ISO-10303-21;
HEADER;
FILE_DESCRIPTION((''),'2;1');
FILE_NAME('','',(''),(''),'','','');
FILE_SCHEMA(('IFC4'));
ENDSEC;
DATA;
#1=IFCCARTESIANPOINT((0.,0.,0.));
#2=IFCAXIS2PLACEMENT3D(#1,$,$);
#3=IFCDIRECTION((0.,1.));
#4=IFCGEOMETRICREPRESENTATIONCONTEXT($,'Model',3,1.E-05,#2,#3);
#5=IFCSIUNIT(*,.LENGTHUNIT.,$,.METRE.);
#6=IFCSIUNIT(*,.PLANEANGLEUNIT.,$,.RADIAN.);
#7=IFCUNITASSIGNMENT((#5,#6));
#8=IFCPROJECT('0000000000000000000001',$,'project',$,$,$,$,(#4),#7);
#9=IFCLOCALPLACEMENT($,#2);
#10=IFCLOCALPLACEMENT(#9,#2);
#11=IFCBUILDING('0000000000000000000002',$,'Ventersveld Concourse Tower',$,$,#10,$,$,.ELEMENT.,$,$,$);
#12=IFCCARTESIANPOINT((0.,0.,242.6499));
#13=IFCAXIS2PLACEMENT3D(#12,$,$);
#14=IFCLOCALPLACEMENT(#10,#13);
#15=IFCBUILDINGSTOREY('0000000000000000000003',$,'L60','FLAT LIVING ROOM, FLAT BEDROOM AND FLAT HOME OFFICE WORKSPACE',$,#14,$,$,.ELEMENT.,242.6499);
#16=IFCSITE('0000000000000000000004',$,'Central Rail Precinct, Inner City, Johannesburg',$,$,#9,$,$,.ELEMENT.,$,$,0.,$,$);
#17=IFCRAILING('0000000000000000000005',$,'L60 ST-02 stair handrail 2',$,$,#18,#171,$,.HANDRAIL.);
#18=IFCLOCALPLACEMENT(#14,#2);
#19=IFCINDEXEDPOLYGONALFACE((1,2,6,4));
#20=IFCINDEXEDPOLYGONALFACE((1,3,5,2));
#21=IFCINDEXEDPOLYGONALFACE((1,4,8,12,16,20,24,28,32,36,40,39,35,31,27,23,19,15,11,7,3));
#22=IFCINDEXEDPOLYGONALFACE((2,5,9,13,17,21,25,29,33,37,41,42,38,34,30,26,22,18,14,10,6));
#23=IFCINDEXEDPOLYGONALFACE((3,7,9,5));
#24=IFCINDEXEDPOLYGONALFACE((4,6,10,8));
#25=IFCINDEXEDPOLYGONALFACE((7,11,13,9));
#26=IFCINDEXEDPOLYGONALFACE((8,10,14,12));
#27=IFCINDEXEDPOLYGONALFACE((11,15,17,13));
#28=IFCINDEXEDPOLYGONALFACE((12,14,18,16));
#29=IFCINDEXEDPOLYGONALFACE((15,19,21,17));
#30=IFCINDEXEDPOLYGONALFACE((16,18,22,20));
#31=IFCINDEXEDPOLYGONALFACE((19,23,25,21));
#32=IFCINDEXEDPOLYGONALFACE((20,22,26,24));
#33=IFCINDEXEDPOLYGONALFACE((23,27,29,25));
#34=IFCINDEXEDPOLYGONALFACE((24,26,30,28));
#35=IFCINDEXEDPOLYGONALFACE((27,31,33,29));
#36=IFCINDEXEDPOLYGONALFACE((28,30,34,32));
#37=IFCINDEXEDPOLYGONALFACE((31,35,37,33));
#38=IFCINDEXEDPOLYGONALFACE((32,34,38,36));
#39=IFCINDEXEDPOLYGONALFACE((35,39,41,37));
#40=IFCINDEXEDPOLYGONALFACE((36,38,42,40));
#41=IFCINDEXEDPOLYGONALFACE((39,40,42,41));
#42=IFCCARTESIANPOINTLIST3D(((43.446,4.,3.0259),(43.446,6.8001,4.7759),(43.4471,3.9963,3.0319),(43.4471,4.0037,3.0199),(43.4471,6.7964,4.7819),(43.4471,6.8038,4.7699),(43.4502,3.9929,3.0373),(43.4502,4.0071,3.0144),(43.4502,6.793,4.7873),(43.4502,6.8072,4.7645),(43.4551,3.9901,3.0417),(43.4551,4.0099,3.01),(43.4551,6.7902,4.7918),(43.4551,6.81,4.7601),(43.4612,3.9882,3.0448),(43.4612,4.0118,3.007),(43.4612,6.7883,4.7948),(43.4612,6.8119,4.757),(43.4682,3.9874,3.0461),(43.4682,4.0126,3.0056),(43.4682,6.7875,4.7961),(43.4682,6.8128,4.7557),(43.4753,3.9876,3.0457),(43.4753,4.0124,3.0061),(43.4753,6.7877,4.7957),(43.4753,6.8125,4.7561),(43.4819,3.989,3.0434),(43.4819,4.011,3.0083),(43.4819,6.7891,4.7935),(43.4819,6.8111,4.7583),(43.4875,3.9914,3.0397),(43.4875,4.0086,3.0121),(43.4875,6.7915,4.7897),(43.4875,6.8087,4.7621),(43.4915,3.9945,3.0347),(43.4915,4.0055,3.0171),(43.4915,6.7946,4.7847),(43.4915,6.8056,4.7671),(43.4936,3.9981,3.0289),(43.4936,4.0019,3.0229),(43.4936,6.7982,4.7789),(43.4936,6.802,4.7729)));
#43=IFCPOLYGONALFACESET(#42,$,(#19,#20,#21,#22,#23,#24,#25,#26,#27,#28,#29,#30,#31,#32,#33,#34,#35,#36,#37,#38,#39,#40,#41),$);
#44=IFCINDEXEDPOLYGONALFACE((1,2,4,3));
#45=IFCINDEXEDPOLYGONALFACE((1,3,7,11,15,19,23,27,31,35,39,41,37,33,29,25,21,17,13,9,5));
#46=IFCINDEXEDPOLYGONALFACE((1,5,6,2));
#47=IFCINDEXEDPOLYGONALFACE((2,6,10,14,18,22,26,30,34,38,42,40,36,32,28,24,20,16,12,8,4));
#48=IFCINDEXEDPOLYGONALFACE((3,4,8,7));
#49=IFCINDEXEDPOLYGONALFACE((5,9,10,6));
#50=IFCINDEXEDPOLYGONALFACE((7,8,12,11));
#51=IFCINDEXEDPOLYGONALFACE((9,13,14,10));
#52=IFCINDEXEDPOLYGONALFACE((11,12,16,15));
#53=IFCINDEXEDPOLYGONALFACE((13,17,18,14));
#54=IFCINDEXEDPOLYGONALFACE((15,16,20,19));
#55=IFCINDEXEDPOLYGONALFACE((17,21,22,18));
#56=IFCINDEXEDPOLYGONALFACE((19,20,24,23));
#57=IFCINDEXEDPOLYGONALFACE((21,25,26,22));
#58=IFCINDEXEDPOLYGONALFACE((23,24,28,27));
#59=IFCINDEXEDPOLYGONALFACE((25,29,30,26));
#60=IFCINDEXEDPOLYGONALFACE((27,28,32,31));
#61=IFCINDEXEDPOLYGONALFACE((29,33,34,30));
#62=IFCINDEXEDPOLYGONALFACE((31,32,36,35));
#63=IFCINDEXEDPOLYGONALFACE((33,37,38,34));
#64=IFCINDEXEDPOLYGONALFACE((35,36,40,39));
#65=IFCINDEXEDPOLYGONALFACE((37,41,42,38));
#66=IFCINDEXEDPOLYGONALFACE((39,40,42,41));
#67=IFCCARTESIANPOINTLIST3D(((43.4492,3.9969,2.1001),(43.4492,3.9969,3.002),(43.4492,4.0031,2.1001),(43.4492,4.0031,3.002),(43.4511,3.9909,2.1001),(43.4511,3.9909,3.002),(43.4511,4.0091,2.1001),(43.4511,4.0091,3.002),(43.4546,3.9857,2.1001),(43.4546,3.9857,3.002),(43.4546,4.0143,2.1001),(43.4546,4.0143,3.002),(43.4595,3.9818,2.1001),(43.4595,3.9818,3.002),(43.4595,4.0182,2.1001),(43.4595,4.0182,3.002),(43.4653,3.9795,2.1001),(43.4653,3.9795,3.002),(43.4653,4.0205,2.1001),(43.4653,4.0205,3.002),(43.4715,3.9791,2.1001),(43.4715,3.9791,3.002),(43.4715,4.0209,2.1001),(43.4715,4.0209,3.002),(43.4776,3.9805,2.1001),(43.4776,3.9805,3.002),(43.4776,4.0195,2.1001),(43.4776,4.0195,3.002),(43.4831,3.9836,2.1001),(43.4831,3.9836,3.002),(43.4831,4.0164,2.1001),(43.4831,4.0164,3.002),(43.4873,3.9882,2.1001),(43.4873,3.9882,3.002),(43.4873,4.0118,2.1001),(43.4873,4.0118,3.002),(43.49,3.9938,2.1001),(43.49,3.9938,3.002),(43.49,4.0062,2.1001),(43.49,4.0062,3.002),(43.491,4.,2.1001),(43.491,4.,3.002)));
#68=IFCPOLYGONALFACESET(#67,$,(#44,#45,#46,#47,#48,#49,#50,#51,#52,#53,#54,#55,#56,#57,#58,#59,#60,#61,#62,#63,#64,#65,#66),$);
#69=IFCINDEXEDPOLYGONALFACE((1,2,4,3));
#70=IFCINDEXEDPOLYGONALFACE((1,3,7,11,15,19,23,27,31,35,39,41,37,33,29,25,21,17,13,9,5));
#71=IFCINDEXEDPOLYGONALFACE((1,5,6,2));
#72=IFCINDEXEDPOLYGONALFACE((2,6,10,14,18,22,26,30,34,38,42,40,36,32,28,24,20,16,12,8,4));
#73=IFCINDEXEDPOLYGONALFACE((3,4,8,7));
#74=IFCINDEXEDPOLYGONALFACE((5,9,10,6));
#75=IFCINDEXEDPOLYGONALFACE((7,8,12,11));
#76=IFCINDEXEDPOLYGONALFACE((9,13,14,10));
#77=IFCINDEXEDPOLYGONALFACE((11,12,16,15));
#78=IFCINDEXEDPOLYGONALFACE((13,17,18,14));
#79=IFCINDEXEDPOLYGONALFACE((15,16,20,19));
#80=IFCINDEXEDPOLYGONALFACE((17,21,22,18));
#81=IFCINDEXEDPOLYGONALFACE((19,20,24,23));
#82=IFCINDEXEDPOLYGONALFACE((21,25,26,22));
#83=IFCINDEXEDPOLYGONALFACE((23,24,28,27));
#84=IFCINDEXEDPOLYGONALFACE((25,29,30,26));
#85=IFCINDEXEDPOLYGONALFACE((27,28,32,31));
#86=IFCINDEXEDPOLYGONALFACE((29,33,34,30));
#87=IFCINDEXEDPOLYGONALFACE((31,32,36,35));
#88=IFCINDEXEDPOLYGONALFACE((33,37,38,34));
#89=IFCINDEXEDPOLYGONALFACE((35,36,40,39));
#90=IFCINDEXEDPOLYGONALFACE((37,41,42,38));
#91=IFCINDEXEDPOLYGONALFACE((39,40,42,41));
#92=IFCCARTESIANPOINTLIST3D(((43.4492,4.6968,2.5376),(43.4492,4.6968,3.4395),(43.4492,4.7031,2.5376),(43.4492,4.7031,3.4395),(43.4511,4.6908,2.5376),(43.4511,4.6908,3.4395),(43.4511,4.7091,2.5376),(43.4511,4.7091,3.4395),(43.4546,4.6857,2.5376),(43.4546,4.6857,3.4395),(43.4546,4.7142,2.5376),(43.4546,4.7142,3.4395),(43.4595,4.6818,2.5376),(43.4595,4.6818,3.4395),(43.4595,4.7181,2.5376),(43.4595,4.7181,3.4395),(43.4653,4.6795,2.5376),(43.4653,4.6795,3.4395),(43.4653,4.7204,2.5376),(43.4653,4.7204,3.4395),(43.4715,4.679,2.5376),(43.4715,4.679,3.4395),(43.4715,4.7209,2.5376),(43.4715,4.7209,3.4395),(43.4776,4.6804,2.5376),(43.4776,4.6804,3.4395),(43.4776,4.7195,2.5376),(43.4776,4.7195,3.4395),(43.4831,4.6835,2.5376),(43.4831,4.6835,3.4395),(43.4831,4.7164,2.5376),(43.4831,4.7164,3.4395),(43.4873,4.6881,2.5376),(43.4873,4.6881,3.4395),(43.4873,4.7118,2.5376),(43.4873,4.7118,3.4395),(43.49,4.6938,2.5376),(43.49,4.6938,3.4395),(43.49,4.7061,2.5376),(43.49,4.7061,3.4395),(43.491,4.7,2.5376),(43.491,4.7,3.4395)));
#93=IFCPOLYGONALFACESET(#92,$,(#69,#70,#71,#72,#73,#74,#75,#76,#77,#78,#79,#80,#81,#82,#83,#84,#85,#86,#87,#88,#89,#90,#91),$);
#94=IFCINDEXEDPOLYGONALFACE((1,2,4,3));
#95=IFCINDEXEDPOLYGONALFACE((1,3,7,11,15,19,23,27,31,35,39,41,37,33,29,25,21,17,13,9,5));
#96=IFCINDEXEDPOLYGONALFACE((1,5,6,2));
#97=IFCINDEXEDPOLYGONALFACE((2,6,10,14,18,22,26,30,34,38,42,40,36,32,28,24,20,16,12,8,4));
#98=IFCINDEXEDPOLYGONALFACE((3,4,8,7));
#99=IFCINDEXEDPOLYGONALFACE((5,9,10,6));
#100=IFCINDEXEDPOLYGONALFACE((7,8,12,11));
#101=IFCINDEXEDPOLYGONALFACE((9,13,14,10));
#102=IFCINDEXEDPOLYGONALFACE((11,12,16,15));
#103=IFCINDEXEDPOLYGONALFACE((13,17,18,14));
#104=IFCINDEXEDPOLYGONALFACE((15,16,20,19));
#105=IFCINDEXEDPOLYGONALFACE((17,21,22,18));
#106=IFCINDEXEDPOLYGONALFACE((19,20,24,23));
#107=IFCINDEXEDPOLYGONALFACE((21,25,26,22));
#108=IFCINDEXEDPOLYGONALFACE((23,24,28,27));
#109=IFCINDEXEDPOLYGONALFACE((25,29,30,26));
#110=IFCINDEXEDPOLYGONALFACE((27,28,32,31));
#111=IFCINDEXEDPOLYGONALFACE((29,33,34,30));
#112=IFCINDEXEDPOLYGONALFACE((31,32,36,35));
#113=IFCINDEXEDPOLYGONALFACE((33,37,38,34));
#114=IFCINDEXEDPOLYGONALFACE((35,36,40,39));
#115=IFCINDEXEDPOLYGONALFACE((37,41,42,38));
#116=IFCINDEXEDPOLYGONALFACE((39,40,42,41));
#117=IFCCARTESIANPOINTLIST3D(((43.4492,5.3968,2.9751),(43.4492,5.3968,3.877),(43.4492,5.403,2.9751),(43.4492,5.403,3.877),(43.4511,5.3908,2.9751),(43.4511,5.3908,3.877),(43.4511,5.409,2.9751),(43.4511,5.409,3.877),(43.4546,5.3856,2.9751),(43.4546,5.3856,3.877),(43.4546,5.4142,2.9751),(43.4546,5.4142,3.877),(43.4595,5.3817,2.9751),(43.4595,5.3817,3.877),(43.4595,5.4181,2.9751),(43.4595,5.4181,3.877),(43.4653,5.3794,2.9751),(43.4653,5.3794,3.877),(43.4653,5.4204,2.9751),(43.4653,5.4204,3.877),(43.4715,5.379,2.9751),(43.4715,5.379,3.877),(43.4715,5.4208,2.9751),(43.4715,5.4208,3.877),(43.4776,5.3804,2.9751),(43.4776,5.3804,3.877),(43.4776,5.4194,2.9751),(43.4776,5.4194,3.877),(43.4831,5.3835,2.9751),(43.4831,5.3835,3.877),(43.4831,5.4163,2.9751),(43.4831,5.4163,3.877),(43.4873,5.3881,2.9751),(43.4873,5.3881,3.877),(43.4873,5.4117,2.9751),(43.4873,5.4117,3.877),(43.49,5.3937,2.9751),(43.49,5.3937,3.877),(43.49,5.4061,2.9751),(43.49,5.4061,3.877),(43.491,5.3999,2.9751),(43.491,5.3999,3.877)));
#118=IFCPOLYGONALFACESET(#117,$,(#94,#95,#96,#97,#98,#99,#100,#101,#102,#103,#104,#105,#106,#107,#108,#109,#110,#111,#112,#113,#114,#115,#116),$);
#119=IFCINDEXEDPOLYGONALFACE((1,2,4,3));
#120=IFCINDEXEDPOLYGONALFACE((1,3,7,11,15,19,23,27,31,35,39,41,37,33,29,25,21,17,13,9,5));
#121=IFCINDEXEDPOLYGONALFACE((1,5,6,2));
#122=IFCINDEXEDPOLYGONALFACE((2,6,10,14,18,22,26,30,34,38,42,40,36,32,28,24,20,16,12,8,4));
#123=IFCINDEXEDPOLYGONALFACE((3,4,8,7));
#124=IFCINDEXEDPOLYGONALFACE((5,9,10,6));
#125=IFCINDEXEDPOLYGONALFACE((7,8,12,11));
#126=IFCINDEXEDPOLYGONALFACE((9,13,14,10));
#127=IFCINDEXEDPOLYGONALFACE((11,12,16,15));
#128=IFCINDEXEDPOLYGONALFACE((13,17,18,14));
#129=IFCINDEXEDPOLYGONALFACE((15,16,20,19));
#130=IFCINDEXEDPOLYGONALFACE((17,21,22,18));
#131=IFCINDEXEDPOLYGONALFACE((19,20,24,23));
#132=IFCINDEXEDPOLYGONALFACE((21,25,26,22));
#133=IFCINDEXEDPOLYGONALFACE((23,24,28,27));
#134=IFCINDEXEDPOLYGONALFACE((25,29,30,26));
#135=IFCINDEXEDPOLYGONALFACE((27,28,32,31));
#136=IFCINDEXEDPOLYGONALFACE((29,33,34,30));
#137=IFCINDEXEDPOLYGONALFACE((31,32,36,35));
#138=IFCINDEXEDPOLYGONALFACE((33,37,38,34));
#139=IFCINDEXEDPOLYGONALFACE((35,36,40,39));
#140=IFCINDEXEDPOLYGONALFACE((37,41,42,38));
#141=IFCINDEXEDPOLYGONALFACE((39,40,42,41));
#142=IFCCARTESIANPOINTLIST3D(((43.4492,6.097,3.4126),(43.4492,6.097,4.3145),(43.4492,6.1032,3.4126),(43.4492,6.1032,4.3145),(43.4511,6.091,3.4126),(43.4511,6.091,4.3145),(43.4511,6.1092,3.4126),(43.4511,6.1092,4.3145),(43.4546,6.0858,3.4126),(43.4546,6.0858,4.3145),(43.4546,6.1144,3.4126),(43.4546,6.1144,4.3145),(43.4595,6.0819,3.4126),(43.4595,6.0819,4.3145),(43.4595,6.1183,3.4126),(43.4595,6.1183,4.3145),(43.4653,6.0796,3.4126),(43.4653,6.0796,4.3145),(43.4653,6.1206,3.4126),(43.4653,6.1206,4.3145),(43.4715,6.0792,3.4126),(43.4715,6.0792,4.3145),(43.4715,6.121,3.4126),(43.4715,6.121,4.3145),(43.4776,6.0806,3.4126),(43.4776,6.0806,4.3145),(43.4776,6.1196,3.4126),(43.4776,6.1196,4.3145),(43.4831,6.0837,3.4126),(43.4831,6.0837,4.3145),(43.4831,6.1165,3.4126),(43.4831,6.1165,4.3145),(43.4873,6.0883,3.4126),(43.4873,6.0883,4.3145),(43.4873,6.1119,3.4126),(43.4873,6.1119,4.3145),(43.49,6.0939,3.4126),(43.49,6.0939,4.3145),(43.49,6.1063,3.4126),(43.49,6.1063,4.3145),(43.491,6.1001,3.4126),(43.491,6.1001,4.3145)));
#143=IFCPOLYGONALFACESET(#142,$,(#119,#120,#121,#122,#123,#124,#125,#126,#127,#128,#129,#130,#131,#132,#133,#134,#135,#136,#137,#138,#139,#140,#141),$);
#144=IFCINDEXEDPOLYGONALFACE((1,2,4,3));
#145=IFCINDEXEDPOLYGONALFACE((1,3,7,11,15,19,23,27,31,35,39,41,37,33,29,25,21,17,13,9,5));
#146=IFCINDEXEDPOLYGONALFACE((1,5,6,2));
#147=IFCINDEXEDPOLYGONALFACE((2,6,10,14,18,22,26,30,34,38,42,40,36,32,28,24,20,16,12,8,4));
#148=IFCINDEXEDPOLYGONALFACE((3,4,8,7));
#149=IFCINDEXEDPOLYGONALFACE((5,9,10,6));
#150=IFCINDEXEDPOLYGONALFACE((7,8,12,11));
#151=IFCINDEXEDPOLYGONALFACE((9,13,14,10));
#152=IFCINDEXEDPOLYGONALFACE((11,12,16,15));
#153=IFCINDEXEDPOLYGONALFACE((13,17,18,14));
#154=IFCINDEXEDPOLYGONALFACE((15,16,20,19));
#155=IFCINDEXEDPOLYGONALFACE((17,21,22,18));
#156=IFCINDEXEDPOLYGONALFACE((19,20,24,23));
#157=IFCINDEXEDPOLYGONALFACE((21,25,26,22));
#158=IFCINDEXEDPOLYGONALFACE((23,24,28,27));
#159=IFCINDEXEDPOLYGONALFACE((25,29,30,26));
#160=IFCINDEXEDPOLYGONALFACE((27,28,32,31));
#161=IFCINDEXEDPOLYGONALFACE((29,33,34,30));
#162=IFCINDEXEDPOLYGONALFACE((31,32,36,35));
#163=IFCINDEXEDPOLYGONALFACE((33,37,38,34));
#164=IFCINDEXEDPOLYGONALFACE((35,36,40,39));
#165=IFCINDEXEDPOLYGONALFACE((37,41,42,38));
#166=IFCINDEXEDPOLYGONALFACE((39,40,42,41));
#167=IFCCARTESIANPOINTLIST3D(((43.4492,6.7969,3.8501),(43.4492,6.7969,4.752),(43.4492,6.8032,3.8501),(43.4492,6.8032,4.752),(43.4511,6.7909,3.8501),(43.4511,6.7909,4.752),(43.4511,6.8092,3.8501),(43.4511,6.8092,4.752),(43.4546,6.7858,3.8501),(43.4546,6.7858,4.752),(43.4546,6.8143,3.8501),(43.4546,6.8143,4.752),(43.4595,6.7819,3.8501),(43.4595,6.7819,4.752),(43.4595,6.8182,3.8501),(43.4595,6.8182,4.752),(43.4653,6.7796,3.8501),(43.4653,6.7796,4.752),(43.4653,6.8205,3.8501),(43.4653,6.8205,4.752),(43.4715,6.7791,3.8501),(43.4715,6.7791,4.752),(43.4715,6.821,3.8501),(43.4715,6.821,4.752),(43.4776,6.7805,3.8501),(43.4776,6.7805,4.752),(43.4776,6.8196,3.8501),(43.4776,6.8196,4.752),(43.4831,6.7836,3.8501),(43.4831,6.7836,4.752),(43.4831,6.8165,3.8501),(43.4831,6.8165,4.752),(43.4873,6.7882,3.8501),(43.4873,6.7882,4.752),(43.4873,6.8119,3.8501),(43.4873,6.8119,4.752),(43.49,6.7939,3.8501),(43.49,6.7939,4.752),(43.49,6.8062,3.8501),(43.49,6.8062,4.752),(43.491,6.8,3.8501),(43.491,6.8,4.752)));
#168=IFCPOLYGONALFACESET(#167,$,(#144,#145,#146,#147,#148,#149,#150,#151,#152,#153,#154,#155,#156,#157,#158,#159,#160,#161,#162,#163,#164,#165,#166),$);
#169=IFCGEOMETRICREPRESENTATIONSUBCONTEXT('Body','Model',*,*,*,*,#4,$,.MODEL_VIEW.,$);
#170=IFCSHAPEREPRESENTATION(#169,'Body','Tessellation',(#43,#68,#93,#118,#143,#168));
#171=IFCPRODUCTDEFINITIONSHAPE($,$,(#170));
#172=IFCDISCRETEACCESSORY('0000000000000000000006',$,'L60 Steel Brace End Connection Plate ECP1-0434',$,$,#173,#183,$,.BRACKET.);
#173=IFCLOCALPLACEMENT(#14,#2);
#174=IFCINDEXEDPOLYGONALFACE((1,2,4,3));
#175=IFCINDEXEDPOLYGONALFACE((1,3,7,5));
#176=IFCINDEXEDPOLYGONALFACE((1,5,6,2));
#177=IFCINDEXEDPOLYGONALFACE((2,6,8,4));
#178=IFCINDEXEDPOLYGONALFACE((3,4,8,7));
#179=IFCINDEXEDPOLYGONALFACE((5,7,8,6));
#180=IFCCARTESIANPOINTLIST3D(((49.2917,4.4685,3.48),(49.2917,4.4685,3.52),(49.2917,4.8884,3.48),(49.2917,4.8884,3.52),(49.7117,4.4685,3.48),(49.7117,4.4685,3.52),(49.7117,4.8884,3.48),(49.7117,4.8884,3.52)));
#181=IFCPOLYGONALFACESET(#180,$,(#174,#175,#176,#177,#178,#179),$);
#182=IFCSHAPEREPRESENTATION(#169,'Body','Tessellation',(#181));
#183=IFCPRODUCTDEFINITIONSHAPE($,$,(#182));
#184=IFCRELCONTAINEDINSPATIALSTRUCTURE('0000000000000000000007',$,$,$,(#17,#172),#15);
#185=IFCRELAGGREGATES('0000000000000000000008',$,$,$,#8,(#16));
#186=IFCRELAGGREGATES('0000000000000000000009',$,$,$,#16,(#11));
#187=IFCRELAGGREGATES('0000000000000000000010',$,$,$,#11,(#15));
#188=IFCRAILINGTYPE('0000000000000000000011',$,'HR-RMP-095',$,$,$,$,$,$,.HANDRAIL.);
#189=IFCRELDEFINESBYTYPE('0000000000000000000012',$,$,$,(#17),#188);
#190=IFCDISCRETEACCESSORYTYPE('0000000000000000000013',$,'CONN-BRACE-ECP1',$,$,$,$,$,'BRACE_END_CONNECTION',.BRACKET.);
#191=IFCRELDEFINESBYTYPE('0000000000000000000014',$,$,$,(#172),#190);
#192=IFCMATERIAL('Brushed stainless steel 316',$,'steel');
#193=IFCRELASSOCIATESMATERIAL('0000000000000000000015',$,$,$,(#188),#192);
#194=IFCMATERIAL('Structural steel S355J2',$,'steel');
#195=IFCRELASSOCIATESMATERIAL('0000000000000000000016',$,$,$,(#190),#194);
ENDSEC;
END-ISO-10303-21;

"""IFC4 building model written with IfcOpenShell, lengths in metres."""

from ifc_helpers import new_model, si_unit, direction, frame, origin, origin_2d, place, context, subcontext, project, spatial, rectangle, circle, extrude, material, type_object, element, save


model = new_model("IFC4")

# Units and contexts
model_context = context("Model", 3, precision=1e-05, world=origin(), true_north=direction((0.0, 1.0)))
body_context = subcontext(model_context, "Body", "Model", "MODEL_VIEW")
ifc_project = project(units=[si_unit("LENGTHUNIT", "METRE"), si_unit("PLANEANGLEUNIT", "RADIAN")], contexts=[model_context])

# Site, building, storey
site_placement = place(None, origin())
site = spatial("IfcSite", under=ifc_project, at=site_placement, Name="Central Rail Precinct, Inner City, Johannesburg", CompositionType="ELEMENT", RefElevation=0.0)
building_placement = place(site_placement, origin())
building = spatial("IfcBuilding", under=site, at=building_placement, Name="Ventersveld Concourse Tower", CompositionType="ELEMENT")
storey_placement = place(building_placement, frame((0.0, 0.0, 242.6499)))
storey = spatial("IfcBuildingStorey", under=building, at=storey_placement, Name="L60", Description="FLAT LIVING ROOM, FLAT BEDROOM AND FLAT HOME OFFICE WORKSPACE", CompositionType="ELEMENT", Elevation=242.6499)

# Shared definitions
ifc_material_1 = material(Name="Structural steel S355J2", Category="steel")

# Railing
ifc_material_2 = material(Name="Brushed stainless steel 316", Category="steel")
railing_type = type_object("IfcRailingType", Name="HR-RMP-095", PredefinedType="HANDRAIL", material=ifc_material_2)
railing_placement = place(storey_placement, frame((43.47, 4.0, 2.1001)))
element("IfcRailing", 1, at=railing_placement, inside=storey, type_object=railing_type, Name="L60 ST-02 stair handrail 2", PredefinedType="HANDRAIL", context=body_context, shape_type="SweptSolid", body=[
    extrude(circle(Radius=0.0239, at=origin_2d()), frame((0.0, 0.0, 0.9258), z_axis=(0.0, 0.848002, 0.529992), x_axis=(-1.0, 0.0, 0.0)), (0.0, 0.0, 1.0), 3.302),
    extrude(circle(Radius=0.021, at=origin_2d()), origin(), (0.0, 0.0, 1.0), 0.9019),
    extrude(circle(Radius=0.021, at=origin_2d()), frame((0.0, 0.7, 0.4375)), (0.0, 0.0, 1.0), 0.9019),
    extrude(circle(Radius=0.021, at=origin_2d()), frame((0.0, 1.3999, 0.875)), (0.0, 0.0, 1.0), 0.9019),
    extrude(circle(Radius=0.021, at=origin_2d()), frame((0.0, 2.1001, 1.3125)), (0.0, 0.0, 1.0), 0.9019),
    extrude(circle(Radius=0.021, at=origin_2d()), frame((0.0, 2.8, 1.75)), (0.0, 0.0, 1.0), 0.9019),
])

# Discrete accessory
discrete_accessory_type = type_object("IfcDiscreteAccessoryType", Name="CONN-BRACE-ECP1", ElementType="BRACE_END_CONNECTION", PredefinedType="BRACKET", material=ifc_material_1)
discrete_accessory_placement = place(storey_placement, frame((49.5017, 4.6785, 3.48), z_axis=(0.0, 0.0, 1.0), x_axis=(1.0, 0.0, 0.0)))
element("IfcDiscreteAccessory", 2, at=discrete_accessory_placement, inside=storey, type_object=discrete_accessory_type, Name="L60 Steel Brace End Connection Plate ECP1-0434", PredefinedType="BRACKET", context=body_context, shape_type="SweptSolid", body=[
    extrude(rectangle(XDim=0.4199, YDim=0.4199, at=origin_2d()), origin(), (0.0, 0.0, 1.0), 0.04),
])

save(model, "model.ifc")
